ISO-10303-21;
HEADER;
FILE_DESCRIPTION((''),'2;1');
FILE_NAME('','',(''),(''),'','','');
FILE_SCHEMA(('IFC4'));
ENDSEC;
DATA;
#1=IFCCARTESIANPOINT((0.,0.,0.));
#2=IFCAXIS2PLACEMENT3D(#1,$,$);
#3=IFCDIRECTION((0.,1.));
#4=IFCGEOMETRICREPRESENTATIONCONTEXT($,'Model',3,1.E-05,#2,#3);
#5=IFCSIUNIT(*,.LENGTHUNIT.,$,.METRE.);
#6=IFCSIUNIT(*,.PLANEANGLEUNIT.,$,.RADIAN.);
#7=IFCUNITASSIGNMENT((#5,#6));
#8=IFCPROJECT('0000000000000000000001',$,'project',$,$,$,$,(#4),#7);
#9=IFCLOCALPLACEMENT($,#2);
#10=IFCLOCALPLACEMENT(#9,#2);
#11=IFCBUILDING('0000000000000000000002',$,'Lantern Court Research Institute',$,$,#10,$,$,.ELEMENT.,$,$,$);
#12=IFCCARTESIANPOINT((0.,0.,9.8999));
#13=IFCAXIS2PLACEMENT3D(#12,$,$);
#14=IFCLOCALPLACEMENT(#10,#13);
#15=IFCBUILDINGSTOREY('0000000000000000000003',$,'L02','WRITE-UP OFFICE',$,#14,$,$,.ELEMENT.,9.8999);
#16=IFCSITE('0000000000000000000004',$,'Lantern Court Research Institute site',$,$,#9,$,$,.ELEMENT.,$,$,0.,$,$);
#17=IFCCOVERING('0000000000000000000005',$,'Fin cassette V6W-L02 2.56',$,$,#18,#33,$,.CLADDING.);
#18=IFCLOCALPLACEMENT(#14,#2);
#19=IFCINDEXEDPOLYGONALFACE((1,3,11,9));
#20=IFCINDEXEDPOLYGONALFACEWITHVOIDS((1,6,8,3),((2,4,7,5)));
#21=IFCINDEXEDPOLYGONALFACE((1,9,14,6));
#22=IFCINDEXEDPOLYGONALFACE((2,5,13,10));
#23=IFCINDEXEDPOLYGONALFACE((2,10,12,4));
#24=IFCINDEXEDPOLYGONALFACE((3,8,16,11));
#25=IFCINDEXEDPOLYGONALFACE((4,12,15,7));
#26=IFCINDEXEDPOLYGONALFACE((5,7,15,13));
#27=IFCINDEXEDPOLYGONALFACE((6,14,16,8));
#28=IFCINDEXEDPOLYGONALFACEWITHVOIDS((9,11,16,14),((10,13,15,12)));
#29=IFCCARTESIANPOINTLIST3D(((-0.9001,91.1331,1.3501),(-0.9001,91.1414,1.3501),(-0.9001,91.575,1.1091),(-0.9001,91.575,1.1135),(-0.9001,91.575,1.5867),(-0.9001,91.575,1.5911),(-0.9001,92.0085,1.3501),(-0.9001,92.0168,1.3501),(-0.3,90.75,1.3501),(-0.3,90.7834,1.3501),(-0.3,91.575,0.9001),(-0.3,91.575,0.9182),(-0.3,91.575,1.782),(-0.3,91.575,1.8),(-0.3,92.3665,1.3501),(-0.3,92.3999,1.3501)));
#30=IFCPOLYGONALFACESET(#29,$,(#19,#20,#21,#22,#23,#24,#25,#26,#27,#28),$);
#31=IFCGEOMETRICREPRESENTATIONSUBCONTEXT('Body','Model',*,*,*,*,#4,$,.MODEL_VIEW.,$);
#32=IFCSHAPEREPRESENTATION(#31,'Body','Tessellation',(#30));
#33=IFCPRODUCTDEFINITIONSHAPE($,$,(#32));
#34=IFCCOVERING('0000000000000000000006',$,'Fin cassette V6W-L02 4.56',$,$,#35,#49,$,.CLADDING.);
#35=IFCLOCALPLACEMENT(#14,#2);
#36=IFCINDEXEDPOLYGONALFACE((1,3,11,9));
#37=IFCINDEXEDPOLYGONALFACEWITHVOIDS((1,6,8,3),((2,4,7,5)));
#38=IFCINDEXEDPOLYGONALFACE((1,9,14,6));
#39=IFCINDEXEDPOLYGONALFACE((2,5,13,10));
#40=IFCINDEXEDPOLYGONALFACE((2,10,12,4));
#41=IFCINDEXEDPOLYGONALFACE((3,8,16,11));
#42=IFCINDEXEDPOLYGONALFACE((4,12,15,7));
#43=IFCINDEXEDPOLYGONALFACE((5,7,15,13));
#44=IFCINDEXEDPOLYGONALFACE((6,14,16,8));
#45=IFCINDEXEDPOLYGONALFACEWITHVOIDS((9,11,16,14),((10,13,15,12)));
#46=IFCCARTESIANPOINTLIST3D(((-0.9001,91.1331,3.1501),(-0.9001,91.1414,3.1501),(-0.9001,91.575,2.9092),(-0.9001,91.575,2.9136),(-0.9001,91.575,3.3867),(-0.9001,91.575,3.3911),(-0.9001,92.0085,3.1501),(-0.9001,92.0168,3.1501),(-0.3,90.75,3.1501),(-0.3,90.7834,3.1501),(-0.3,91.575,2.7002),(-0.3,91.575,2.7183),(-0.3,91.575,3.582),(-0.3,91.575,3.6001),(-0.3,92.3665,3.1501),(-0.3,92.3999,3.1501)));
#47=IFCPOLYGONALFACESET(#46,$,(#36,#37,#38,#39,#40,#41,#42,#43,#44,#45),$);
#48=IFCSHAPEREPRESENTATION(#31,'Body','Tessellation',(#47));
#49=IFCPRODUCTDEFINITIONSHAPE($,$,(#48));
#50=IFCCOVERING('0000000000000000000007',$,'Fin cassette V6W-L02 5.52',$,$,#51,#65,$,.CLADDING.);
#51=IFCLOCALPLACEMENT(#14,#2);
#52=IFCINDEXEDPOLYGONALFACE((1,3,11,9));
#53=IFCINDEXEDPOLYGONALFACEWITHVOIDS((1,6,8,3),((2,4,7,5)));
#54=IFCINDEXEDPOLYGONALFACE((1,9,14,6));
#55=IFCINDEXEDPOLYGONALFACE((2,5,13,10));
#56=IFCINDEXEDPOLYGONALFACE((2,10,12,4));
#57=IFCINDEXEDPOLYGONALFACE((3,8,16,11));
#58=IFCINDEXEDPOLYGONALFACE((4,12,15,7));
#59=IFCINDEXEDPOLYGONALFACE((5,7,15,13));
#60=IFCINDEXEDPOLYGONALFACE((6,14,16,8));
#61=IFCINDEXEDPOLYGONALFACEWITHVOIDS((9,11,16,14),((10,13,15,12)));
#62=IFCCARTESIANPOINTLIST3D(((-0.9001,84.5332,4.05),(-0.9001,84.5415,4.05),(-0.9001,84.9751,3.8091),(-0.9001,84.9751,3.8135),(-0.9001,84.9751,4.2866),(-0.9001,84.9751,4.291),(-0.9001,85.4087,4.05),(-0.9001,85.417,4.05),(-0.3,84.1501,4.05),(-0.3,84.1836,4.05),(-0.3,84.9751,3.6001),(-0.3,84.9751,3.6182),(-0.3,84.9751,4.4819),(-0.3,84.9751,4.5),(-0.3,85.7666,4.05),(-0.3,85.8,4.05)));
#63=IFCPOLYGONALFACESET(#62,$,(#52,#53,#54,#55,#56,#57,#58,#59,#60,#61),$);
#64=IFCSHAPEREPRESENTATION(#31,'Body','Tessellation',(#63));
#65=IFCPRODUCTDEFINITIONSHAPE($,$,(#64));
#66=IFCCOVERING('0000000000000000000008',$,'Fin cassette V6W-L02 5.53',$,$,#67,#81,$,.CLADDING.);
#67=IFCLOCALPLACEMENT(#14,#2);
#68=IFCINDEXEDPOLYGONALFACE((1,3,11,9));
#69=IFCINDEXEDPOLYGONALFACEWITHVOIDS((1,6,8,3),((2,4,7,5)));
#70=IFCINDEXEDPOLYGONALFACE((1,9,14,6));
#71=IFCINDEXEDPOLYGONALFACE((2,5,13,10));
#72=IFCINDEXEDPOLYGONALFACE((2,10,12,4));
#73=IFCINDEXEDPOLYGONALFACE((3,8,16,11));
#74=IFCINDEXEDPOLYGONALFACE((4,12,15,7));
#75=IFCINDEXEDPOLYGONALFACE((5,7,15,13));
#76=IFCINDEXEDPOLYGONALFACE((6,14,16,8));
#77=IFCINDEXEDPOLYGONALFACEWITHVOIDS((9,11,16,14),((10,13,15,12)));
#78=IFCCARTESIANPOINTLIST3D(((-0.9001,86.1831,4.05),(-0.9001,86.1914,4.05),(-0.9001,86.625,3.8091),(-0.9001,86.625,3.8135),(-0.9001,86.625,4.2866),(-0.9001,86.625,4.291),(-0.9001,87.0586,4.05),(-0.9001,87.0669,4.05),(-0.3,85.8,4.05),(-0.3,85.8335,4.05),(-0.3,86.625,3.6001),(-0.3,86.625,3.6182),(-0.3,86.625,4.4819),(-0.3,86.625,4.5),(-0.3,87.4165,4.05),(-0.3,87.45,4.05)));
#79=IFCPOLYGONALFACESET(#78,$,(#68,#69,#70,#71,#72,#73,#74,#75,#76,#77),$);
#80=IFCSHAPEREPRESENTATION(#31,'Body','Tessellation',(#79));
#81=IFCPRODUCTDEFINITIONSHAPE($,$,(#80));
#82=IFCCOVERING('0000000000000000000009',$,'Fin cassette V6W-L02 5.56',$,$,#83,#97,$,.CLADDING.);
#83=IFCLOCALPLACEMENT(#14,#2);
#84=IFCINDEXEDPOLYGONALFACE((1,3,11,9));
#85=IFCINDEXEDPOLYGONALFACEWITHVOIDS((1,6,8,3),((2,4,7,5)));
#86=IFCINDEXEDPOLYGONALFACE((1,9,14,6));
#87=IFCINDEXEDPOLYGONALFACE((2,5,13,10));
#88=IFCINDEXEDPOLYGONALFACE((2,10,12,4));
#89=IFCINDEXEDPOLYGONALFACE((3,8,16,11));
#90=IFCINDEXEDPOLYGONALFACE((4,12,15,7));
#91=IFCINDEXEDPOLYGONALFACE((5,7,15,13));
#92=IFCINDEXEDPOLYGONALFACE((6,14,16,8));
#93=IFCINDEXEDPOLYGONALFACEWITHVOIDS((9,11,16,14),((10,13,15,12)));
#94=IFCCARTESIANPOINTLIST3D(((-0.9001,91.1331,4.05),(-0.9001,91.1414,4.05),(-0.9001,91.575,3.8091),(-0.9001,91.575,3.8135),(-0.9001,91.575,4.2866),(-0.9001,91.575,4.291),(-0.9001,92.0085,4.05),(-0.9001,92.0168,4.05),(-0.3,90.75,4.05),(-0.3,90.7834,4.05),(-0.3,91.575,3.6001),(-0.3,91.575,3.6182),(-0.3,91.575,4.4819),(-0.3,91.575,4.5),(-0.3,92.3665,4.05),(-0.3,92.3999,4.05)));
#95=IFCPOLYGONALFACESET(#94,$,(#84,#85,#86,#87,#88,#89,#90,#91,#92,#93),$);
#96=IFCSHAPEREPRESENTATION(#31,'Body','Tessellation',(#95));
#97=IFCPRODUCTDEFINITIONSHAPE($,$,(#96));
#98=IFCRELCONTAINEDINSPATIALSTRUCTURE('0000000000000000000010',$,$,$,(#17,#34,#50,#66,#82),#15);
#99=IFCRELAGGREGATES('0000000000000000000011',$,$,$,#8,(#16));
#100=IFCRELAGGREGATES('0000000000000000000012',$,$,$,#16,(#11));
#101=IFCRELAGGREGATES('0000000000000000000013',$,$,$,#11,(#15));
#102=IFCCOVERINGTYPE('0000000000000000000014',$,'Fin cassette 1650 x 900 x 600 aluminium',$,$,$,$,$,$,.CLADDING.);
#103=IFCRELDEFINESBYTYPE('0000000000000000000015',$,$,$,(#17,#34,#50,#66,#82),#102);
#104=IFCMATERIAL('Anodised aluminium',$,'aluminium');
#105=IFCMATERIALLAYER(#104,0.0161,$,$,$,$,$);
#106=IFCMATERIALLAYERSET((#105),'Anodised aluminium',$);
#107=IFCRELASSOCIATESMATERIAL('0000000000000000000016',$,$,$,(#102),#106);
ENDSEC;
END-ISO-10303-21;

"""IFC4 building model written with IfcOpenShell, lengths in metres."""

from ifc_helpers import new_model, entity, si_unit, direction, frame, origin, place, context, subcontext, project, spatial, material, layer, layer_set, type_object, element, save


model = new_model("IFC4")

# Units and contexts
model_context = context("Model", 3, precision=1e-05, world=origin(), true_north=direction((0.0, 1.0)))
body_context = subcontext(model_context, "Body", "Model", "MODEL_VIEW")
ifc_project = project(units=[si_unit("LENGTHUNIT", "METRE"), si_unit("PLANEANGLEUNIT", "RADIAN")], contexts=[model_context])

# Site, building, storey
site_placement = place(None, origin())
site = spatial("IfcSite", under=ifc_project, at=site_placement, Name="Lantern Court Research Institute site", CompositionType="ELEMENT", RefElevation=0.0)
building_placement = place(site_placement, origin())
building = spatial("IfcBuilding", under=site, at=building_placement, Name="Lantern Court Research Institute", CompositionType="ELEMENT")
storey_placement = place(building_placement, frame((0.0, 0.0, 9.8999)))
storey = spatial("IfcBuildingStorey", under=building, at=storey_placement, Name="L02", Description="WRITE-UP OFFICE", CompositionType="ELEMENT", Elevation=9.8999)

# Coverings
ifc_material_1 = material(Name="Anodised aluminium", Category="aluminium")
ifc_layer_1 = layer(ifc_material_1, 0.0161)
ifc_layer_set_1 = layer_set([ifc_layer_1], Name="Anodised aluminium")
covering_type_1 = type_object("IfcCoveringType", Name="Fin cassette 1650 x 900 x 600 aluminium", PredefinedType="CLADDING", material=ifc_layer_set_1)
covering_1_placement = place(storey_placement, frame((-0.3, 91.575, 1.3501), z_axis=(-1.0, 0.0, 0.0), x_axis=(0.0, -1.0, 0.0)))
cartesian_point_1 = entity("IfcCartesianPoint", [0.825, 0.0])
cartesian_point_2 = entity("IfcCartesianPoint", [0.7915, 0.0])
cartesian_point_3 = entity("IfcCartesianPoint", [0.4419, 0.0])
cartesian_point_4 = entity("IfcCartesianPoint", [0.4336, 0.0])
element("IfcCovering", 1, at=covering_1_placement, inside=storey, type_object=covering_type_1, Name="Fin cassette V6W-L02 2.56", PredefinedType="CLADDING", context=body_context, shape_type="SweptSolid", body=[
    entity("IfcExtrudedAreaSolidTapered", entity("IfcArbitraryProfileDefWithVoids", "AREA", None, entity("IfcPolyline", [cartesian_point_1, entity("IfcCartesianPoint", [0.0, 0.45]), entity("IfcCartesianPoint", [-0.825, 0.0]), entity("IfcCartesianPoint", [0.0, -0.45]), cartesian_point_1]), [entity("IfcPolyline", [cartesian_point_2, entity("IfcCartesianPoint", [0.0, 0.4319]), entity("IfcCartesianPoint", [-0.7915, 0.0]), entity("IfcCartesianPoint", [0.0, -0.4319]), cartesian_point_2])]), entity("IfcAxis2Placement3D", entity("IfcCartesianPoint", [0.0, 0.0, 0.0])), entity("IfcDirection", [0.0, 0.0, 1.0]), 0.6001, entity("IfcArbitraryProfileDefWithVoids", "AREA", None, entity("IfcPolyline", [cartesian_point_3, entity("IfcCartesianPoint", [0.0, 0.241]), entity("IfcCartesianPoint", [-0.4419, 0.0]), entity("IfcCartesianPoint", [0.0, -0.241]), cartesian_point_3]), [entity("IfcPolyline", [cartesian_point_4, entity("IfcCartesianPoint", [0.0, 0.2366]), entity("IfcCartesianPoint", [-0.4336, 0.0]), entity("IfcCartesianPoint", [0.0, -0.2366]), cartesian_point_4])])),
])
covering_2_placement = place(storey_placement, frame((-0.3, 91.575, 3.1501), z_axis=(-1.0, 0.0, 0.0), x_axis=(0.0, -1.0, 0.0)))
cartesian_point_5 = entity("IfcCartesianPoint", [0.825, 0.0])
cartesian_point_6 = entity("IfcCartesianPoint", [0.7915, 0.0])
cartesian_point_7 = entity("IfcCartesianPoint", [0.4419, 0.0])
cartesian_point_8 = entity("IfcCartesianPoint", [0.4336, 0.0])
element("IfcCovering", 2, at=covering_2_placement, inside=storey, type_object=covering_type_1, Name="Fin cassette V6W-L02 4.56", PredefinedType="CLADDING", context=body_context, shape_type="SweptSolid", body=[
    entity("IfcExtrudedAreaSolidTapered", entity("IfcArbitraryProfileDefWithVoids", "AREA", None, entity("IfcPolyline", [cartesian_point_5, entity("IfcCartesianPoint", [0.0, 0.45]), entity("IfcCartesianPoint", [-0.825, 0.0]), entity("IfcCartesianPoint", [0.0, -0.45]), cartesian_point_5]), [entity("IfcPolyline", [cartesian_point_6, entity("IfcCartesianPoint", [0.0, 0.4319]), entity("IfcCartesianPoint", [-0.7915, 0.0]), entity("IfcCartesianPoint", [0.0, -0.4319]), cartesian_point_6])]), entity("IfcAxis2Placement3D", entity("IfcCartesianPoint", [0.0, 0.0, 0.0])), entity("IfcDirection", [0.0, 0.0, 1.0]), 0.6001, entity("IfcArbitraryProfileDefWithVoids", "AREA", None, entity("IfcPolyline", [cartesian_point_7, entity("IfcCartesianPoint", [0.0, 0.241]), entity("IfcCartesianPoint", [-0.4419, 0.0]), entity("IfcCartesianPoint", [0.0, -0.241]), cartesian_point_7]), [entity("IfcPolyline", [cartesian_point_8, entity("IfcCartesianPoint", [0.0, 0.2366]), entity("IfcCartesianPoint", [-0.4336, 0.0]), entity("IfcCartesianPoint", [0.0, -0.2366]), cartesian_point_8])])),
])
covering_3_placement = place(storey_placement, frame((-0.3, 84.9751, 4.05), z_axis=(-1.0, 0.0, 0.0), x_axis=(0.0, -1.0, 0.0)))
cartesian_point_9 = entity("IfcCartesianPoint", [0.825, 0.0])
cartesian_point_10 = entity("IfcCartesianPoint", [0.7915, 0.0])
cartesian_point_11 = entity("IfcCartesianPoint", [0.4419, 0.0])
cartesian_point_12 = entity("IfcCartesianPoint", [0.4336, 0.0])
element("IfcCovering", 3, at=covering_3_placement, inside=storey, type_object=covering_type_1, Name="Fin cassette V6W-L02 5.52", PredefinedType="CLADDING", context=body_context, shape_type="SweptSolid", body=[
    entity("IfcExtrudedAreaSolidTapered", entity("IfcArbitraryProfileDefWithVoids", "AREA", None, entity("IfcPolyline", [cartesian_point_9, entity("IfcCartesianPoint", [0.0, 0.45]), entity("IfcCartesianPoint", [-0.825, 0.0]), entity("IfcCartesianPoint", [0.0, -0.45]), cartesian_point_9]), [entity("IfcPolyline", [cartesian_point_10, entity("IfcCartesianPoint", [0.0, 0.4319]), entity("IfcCartesianPoint", [-0.7915, 0.0]), entity("IfcCartesianPoint", [0.0, -0.4319]), cartesian_point_10])]), entity("IfcAxis2Placement3D", entity("IfcCartesianPoint", [0.0, 0.0, 0.0])), entity("IfcDirection", [0.0, 0.0, 1.0]), 0.6001, entity("IfcArbitraryProfileDefWithVoids", "AREA", None, entity("IfcPolyline", [cartesian_point_11, entity("IfcCartesianPoint", [0.0, 0.241]), entity("IfcCartesianPoint", [-0.4419, 0.0]), entity("IfcCartesianPoint", [0.0, -0.241]), cartesian_point_11]), [entity("IfcPolyline", [cartesian_point_12, entity("IfcCartesianPoint", [0.0, 0.2366]), entity("IfcCartesianPoint", [-0.4336, 0.0]), entity("IfcCartesianPoint", [0.0, -0.2366]), cartesian_point_12])])),
])
covering_4_placement = place(storey_placement, frame((-0.3, 86.625, 4.05), z_axis=(-1.0, 0.0, 0.0), x_axis=(0.0, -1.0, 0.0)))
cartesian_point_13 = entity("IfcCartesianPoint", [0.825, 0.0])
cartesian_point_14 = entity("IfcCartesianPoint", [0.7915, 0.0])
cartesian_point_15 = entity("IfcCartesianPoint", [0.4419, 0.0])
cartesian_point_16 = entity("IfcCartesianPoint", [0.4336, 0.0])
element("IfcCovering", 4, at=covering_4_placement, inside=storey, type_object=covering_type_1, Name="Fin cassette V6W-L02 5.53", PredefinedType="CLADDING", context=body_context, shape_type="SweptSolid", body=[
    entity("IfcExtrudedAreaSolidTapered", entity("IfcArbitraryProfileDefWithVoids", "AREA", None, entity("IfcPolyline", [cartesian_point_13, entity("IfcCartesianPoint", [0.0, 0.45]), entity("IfcCartesianPoint", [-0.825, 0.0]), entity("IfcCartesianPoint", [0.0, -0.45]), cartesian_point_13]), [entity("IfcPolyline", [cartesian_point_14, entity("IfcCartesianPoint", [0.0, 0.4319]), entity("IfcCartesianPoint", [-0.7915, 0.0]), entity("IfcCartesianPoint", [0.0, -0.4319]), cartesian_point_14])]), entity("IfcAxis2Placement3D", entity("IfcCartesianPoint", [0.0, 0.0, 0.0])), entity("IfcDirection", [0.0, 0.0, 1.0]), 0.6001, entity("IfcArbitraryProfileDefWithVoids", "AREA", None, entity("IfcPolyline", [cartesian_point_15, entity("IfcCartesianPoint", [0.0, 0.241]), entity("IfcCartesianPoint", [-0.4419, 0.0]), entity("IfcCartesianPoint", [0.0, -0.241]), cartesian_point_15]), [entity("IfcPolyline", [cartesian_point_16, entity("IfcCartesianPoint", [0.0, 0.2366]), entity("IfcCartesianPoint", [-0.4336, 0.0]), entity("IfcCartesianPoint", [0.0, -0.2366]), cartesian_point_16])])),
])
covering_5_placement = place(storey_placement, frame((-0.3, 91.575, 4.05), z_axis=(-1.0, 0.0, 0.0), x_axis=(0.0, -1.0, 0.0)))
cartesian_point_17 = entity("IfcCartesianPoint", [0.825, 0.0])
cartesian_point_18 = entity("IfcCartesianPoint", [0.7915, 0.0])
cartesian_point_19 = entity("IfcCartesianPoint", [0.4419, 0.0])
cartesian_point_20 = entity("IfcCartesianPoint", [0.4336, 0.0])
element("IfcCovering", 5, at=covering_5_placement, inside=storey, type_object=covering_type_1, Name="Fin cassette V6W-L02 5.56", PredefinedType="CLADDING", context=body_context, shape_type="SweptSolid", body=[
    entity("IfcExtrudedAreaSolidTapered", entity("IfcArbitraryProfileDefWithVoids", "AREA", None, entity("IfcPolyline", [cartesian_point_17, entity("IfcCartesianPoint", [0.0, 0.45]), entity("IfcCartesianPoint", [-0.825, 0.0]), entity("IfcCartesianPoint", [0.0, -0.45]), cartesian_point_17]), [entity("IfcPolyline", [cartesian_point_18, entity("IfcCartesianPoint", [0.0, 0.4319]), entity("IfcCartesianPoint", [-0.7915, 0.0]), entity("IfcCartesianPoint", [0.0, -0.4319]), cartesian_point_18])]), entity("IfcAxis2Placement3D", entity("IfcCartesianPoint", [0.0, 0.0, 0.0])), entity("IfcDirection", [0.0, 0.0, 1.0]), 0.6001, entity("IfcArbitraryProfileDefWithVoids", "AREA", None, entity("IfcPolyline", [cartesian_point_19, entity("IfcCartesianPoint", [0.0, 0.241]), entity("IfcCartesianPoint", [-0.4419, 0.0]), entity("IfcCartesianPoint", [0.0, -0.241]), cartesian_point_19]), [entity("IfcPolyline", [cartesian_point_20, entity("IfcCartesianPoint", [0.0, 0.2366]), entity("IfcCartesianPoint", [-0.4336, 0.0]), entity("IfcCartesianPoint", [0.0, -0.2366]), cartesian_point_20])])),
])

save(model, "model.ifc")
